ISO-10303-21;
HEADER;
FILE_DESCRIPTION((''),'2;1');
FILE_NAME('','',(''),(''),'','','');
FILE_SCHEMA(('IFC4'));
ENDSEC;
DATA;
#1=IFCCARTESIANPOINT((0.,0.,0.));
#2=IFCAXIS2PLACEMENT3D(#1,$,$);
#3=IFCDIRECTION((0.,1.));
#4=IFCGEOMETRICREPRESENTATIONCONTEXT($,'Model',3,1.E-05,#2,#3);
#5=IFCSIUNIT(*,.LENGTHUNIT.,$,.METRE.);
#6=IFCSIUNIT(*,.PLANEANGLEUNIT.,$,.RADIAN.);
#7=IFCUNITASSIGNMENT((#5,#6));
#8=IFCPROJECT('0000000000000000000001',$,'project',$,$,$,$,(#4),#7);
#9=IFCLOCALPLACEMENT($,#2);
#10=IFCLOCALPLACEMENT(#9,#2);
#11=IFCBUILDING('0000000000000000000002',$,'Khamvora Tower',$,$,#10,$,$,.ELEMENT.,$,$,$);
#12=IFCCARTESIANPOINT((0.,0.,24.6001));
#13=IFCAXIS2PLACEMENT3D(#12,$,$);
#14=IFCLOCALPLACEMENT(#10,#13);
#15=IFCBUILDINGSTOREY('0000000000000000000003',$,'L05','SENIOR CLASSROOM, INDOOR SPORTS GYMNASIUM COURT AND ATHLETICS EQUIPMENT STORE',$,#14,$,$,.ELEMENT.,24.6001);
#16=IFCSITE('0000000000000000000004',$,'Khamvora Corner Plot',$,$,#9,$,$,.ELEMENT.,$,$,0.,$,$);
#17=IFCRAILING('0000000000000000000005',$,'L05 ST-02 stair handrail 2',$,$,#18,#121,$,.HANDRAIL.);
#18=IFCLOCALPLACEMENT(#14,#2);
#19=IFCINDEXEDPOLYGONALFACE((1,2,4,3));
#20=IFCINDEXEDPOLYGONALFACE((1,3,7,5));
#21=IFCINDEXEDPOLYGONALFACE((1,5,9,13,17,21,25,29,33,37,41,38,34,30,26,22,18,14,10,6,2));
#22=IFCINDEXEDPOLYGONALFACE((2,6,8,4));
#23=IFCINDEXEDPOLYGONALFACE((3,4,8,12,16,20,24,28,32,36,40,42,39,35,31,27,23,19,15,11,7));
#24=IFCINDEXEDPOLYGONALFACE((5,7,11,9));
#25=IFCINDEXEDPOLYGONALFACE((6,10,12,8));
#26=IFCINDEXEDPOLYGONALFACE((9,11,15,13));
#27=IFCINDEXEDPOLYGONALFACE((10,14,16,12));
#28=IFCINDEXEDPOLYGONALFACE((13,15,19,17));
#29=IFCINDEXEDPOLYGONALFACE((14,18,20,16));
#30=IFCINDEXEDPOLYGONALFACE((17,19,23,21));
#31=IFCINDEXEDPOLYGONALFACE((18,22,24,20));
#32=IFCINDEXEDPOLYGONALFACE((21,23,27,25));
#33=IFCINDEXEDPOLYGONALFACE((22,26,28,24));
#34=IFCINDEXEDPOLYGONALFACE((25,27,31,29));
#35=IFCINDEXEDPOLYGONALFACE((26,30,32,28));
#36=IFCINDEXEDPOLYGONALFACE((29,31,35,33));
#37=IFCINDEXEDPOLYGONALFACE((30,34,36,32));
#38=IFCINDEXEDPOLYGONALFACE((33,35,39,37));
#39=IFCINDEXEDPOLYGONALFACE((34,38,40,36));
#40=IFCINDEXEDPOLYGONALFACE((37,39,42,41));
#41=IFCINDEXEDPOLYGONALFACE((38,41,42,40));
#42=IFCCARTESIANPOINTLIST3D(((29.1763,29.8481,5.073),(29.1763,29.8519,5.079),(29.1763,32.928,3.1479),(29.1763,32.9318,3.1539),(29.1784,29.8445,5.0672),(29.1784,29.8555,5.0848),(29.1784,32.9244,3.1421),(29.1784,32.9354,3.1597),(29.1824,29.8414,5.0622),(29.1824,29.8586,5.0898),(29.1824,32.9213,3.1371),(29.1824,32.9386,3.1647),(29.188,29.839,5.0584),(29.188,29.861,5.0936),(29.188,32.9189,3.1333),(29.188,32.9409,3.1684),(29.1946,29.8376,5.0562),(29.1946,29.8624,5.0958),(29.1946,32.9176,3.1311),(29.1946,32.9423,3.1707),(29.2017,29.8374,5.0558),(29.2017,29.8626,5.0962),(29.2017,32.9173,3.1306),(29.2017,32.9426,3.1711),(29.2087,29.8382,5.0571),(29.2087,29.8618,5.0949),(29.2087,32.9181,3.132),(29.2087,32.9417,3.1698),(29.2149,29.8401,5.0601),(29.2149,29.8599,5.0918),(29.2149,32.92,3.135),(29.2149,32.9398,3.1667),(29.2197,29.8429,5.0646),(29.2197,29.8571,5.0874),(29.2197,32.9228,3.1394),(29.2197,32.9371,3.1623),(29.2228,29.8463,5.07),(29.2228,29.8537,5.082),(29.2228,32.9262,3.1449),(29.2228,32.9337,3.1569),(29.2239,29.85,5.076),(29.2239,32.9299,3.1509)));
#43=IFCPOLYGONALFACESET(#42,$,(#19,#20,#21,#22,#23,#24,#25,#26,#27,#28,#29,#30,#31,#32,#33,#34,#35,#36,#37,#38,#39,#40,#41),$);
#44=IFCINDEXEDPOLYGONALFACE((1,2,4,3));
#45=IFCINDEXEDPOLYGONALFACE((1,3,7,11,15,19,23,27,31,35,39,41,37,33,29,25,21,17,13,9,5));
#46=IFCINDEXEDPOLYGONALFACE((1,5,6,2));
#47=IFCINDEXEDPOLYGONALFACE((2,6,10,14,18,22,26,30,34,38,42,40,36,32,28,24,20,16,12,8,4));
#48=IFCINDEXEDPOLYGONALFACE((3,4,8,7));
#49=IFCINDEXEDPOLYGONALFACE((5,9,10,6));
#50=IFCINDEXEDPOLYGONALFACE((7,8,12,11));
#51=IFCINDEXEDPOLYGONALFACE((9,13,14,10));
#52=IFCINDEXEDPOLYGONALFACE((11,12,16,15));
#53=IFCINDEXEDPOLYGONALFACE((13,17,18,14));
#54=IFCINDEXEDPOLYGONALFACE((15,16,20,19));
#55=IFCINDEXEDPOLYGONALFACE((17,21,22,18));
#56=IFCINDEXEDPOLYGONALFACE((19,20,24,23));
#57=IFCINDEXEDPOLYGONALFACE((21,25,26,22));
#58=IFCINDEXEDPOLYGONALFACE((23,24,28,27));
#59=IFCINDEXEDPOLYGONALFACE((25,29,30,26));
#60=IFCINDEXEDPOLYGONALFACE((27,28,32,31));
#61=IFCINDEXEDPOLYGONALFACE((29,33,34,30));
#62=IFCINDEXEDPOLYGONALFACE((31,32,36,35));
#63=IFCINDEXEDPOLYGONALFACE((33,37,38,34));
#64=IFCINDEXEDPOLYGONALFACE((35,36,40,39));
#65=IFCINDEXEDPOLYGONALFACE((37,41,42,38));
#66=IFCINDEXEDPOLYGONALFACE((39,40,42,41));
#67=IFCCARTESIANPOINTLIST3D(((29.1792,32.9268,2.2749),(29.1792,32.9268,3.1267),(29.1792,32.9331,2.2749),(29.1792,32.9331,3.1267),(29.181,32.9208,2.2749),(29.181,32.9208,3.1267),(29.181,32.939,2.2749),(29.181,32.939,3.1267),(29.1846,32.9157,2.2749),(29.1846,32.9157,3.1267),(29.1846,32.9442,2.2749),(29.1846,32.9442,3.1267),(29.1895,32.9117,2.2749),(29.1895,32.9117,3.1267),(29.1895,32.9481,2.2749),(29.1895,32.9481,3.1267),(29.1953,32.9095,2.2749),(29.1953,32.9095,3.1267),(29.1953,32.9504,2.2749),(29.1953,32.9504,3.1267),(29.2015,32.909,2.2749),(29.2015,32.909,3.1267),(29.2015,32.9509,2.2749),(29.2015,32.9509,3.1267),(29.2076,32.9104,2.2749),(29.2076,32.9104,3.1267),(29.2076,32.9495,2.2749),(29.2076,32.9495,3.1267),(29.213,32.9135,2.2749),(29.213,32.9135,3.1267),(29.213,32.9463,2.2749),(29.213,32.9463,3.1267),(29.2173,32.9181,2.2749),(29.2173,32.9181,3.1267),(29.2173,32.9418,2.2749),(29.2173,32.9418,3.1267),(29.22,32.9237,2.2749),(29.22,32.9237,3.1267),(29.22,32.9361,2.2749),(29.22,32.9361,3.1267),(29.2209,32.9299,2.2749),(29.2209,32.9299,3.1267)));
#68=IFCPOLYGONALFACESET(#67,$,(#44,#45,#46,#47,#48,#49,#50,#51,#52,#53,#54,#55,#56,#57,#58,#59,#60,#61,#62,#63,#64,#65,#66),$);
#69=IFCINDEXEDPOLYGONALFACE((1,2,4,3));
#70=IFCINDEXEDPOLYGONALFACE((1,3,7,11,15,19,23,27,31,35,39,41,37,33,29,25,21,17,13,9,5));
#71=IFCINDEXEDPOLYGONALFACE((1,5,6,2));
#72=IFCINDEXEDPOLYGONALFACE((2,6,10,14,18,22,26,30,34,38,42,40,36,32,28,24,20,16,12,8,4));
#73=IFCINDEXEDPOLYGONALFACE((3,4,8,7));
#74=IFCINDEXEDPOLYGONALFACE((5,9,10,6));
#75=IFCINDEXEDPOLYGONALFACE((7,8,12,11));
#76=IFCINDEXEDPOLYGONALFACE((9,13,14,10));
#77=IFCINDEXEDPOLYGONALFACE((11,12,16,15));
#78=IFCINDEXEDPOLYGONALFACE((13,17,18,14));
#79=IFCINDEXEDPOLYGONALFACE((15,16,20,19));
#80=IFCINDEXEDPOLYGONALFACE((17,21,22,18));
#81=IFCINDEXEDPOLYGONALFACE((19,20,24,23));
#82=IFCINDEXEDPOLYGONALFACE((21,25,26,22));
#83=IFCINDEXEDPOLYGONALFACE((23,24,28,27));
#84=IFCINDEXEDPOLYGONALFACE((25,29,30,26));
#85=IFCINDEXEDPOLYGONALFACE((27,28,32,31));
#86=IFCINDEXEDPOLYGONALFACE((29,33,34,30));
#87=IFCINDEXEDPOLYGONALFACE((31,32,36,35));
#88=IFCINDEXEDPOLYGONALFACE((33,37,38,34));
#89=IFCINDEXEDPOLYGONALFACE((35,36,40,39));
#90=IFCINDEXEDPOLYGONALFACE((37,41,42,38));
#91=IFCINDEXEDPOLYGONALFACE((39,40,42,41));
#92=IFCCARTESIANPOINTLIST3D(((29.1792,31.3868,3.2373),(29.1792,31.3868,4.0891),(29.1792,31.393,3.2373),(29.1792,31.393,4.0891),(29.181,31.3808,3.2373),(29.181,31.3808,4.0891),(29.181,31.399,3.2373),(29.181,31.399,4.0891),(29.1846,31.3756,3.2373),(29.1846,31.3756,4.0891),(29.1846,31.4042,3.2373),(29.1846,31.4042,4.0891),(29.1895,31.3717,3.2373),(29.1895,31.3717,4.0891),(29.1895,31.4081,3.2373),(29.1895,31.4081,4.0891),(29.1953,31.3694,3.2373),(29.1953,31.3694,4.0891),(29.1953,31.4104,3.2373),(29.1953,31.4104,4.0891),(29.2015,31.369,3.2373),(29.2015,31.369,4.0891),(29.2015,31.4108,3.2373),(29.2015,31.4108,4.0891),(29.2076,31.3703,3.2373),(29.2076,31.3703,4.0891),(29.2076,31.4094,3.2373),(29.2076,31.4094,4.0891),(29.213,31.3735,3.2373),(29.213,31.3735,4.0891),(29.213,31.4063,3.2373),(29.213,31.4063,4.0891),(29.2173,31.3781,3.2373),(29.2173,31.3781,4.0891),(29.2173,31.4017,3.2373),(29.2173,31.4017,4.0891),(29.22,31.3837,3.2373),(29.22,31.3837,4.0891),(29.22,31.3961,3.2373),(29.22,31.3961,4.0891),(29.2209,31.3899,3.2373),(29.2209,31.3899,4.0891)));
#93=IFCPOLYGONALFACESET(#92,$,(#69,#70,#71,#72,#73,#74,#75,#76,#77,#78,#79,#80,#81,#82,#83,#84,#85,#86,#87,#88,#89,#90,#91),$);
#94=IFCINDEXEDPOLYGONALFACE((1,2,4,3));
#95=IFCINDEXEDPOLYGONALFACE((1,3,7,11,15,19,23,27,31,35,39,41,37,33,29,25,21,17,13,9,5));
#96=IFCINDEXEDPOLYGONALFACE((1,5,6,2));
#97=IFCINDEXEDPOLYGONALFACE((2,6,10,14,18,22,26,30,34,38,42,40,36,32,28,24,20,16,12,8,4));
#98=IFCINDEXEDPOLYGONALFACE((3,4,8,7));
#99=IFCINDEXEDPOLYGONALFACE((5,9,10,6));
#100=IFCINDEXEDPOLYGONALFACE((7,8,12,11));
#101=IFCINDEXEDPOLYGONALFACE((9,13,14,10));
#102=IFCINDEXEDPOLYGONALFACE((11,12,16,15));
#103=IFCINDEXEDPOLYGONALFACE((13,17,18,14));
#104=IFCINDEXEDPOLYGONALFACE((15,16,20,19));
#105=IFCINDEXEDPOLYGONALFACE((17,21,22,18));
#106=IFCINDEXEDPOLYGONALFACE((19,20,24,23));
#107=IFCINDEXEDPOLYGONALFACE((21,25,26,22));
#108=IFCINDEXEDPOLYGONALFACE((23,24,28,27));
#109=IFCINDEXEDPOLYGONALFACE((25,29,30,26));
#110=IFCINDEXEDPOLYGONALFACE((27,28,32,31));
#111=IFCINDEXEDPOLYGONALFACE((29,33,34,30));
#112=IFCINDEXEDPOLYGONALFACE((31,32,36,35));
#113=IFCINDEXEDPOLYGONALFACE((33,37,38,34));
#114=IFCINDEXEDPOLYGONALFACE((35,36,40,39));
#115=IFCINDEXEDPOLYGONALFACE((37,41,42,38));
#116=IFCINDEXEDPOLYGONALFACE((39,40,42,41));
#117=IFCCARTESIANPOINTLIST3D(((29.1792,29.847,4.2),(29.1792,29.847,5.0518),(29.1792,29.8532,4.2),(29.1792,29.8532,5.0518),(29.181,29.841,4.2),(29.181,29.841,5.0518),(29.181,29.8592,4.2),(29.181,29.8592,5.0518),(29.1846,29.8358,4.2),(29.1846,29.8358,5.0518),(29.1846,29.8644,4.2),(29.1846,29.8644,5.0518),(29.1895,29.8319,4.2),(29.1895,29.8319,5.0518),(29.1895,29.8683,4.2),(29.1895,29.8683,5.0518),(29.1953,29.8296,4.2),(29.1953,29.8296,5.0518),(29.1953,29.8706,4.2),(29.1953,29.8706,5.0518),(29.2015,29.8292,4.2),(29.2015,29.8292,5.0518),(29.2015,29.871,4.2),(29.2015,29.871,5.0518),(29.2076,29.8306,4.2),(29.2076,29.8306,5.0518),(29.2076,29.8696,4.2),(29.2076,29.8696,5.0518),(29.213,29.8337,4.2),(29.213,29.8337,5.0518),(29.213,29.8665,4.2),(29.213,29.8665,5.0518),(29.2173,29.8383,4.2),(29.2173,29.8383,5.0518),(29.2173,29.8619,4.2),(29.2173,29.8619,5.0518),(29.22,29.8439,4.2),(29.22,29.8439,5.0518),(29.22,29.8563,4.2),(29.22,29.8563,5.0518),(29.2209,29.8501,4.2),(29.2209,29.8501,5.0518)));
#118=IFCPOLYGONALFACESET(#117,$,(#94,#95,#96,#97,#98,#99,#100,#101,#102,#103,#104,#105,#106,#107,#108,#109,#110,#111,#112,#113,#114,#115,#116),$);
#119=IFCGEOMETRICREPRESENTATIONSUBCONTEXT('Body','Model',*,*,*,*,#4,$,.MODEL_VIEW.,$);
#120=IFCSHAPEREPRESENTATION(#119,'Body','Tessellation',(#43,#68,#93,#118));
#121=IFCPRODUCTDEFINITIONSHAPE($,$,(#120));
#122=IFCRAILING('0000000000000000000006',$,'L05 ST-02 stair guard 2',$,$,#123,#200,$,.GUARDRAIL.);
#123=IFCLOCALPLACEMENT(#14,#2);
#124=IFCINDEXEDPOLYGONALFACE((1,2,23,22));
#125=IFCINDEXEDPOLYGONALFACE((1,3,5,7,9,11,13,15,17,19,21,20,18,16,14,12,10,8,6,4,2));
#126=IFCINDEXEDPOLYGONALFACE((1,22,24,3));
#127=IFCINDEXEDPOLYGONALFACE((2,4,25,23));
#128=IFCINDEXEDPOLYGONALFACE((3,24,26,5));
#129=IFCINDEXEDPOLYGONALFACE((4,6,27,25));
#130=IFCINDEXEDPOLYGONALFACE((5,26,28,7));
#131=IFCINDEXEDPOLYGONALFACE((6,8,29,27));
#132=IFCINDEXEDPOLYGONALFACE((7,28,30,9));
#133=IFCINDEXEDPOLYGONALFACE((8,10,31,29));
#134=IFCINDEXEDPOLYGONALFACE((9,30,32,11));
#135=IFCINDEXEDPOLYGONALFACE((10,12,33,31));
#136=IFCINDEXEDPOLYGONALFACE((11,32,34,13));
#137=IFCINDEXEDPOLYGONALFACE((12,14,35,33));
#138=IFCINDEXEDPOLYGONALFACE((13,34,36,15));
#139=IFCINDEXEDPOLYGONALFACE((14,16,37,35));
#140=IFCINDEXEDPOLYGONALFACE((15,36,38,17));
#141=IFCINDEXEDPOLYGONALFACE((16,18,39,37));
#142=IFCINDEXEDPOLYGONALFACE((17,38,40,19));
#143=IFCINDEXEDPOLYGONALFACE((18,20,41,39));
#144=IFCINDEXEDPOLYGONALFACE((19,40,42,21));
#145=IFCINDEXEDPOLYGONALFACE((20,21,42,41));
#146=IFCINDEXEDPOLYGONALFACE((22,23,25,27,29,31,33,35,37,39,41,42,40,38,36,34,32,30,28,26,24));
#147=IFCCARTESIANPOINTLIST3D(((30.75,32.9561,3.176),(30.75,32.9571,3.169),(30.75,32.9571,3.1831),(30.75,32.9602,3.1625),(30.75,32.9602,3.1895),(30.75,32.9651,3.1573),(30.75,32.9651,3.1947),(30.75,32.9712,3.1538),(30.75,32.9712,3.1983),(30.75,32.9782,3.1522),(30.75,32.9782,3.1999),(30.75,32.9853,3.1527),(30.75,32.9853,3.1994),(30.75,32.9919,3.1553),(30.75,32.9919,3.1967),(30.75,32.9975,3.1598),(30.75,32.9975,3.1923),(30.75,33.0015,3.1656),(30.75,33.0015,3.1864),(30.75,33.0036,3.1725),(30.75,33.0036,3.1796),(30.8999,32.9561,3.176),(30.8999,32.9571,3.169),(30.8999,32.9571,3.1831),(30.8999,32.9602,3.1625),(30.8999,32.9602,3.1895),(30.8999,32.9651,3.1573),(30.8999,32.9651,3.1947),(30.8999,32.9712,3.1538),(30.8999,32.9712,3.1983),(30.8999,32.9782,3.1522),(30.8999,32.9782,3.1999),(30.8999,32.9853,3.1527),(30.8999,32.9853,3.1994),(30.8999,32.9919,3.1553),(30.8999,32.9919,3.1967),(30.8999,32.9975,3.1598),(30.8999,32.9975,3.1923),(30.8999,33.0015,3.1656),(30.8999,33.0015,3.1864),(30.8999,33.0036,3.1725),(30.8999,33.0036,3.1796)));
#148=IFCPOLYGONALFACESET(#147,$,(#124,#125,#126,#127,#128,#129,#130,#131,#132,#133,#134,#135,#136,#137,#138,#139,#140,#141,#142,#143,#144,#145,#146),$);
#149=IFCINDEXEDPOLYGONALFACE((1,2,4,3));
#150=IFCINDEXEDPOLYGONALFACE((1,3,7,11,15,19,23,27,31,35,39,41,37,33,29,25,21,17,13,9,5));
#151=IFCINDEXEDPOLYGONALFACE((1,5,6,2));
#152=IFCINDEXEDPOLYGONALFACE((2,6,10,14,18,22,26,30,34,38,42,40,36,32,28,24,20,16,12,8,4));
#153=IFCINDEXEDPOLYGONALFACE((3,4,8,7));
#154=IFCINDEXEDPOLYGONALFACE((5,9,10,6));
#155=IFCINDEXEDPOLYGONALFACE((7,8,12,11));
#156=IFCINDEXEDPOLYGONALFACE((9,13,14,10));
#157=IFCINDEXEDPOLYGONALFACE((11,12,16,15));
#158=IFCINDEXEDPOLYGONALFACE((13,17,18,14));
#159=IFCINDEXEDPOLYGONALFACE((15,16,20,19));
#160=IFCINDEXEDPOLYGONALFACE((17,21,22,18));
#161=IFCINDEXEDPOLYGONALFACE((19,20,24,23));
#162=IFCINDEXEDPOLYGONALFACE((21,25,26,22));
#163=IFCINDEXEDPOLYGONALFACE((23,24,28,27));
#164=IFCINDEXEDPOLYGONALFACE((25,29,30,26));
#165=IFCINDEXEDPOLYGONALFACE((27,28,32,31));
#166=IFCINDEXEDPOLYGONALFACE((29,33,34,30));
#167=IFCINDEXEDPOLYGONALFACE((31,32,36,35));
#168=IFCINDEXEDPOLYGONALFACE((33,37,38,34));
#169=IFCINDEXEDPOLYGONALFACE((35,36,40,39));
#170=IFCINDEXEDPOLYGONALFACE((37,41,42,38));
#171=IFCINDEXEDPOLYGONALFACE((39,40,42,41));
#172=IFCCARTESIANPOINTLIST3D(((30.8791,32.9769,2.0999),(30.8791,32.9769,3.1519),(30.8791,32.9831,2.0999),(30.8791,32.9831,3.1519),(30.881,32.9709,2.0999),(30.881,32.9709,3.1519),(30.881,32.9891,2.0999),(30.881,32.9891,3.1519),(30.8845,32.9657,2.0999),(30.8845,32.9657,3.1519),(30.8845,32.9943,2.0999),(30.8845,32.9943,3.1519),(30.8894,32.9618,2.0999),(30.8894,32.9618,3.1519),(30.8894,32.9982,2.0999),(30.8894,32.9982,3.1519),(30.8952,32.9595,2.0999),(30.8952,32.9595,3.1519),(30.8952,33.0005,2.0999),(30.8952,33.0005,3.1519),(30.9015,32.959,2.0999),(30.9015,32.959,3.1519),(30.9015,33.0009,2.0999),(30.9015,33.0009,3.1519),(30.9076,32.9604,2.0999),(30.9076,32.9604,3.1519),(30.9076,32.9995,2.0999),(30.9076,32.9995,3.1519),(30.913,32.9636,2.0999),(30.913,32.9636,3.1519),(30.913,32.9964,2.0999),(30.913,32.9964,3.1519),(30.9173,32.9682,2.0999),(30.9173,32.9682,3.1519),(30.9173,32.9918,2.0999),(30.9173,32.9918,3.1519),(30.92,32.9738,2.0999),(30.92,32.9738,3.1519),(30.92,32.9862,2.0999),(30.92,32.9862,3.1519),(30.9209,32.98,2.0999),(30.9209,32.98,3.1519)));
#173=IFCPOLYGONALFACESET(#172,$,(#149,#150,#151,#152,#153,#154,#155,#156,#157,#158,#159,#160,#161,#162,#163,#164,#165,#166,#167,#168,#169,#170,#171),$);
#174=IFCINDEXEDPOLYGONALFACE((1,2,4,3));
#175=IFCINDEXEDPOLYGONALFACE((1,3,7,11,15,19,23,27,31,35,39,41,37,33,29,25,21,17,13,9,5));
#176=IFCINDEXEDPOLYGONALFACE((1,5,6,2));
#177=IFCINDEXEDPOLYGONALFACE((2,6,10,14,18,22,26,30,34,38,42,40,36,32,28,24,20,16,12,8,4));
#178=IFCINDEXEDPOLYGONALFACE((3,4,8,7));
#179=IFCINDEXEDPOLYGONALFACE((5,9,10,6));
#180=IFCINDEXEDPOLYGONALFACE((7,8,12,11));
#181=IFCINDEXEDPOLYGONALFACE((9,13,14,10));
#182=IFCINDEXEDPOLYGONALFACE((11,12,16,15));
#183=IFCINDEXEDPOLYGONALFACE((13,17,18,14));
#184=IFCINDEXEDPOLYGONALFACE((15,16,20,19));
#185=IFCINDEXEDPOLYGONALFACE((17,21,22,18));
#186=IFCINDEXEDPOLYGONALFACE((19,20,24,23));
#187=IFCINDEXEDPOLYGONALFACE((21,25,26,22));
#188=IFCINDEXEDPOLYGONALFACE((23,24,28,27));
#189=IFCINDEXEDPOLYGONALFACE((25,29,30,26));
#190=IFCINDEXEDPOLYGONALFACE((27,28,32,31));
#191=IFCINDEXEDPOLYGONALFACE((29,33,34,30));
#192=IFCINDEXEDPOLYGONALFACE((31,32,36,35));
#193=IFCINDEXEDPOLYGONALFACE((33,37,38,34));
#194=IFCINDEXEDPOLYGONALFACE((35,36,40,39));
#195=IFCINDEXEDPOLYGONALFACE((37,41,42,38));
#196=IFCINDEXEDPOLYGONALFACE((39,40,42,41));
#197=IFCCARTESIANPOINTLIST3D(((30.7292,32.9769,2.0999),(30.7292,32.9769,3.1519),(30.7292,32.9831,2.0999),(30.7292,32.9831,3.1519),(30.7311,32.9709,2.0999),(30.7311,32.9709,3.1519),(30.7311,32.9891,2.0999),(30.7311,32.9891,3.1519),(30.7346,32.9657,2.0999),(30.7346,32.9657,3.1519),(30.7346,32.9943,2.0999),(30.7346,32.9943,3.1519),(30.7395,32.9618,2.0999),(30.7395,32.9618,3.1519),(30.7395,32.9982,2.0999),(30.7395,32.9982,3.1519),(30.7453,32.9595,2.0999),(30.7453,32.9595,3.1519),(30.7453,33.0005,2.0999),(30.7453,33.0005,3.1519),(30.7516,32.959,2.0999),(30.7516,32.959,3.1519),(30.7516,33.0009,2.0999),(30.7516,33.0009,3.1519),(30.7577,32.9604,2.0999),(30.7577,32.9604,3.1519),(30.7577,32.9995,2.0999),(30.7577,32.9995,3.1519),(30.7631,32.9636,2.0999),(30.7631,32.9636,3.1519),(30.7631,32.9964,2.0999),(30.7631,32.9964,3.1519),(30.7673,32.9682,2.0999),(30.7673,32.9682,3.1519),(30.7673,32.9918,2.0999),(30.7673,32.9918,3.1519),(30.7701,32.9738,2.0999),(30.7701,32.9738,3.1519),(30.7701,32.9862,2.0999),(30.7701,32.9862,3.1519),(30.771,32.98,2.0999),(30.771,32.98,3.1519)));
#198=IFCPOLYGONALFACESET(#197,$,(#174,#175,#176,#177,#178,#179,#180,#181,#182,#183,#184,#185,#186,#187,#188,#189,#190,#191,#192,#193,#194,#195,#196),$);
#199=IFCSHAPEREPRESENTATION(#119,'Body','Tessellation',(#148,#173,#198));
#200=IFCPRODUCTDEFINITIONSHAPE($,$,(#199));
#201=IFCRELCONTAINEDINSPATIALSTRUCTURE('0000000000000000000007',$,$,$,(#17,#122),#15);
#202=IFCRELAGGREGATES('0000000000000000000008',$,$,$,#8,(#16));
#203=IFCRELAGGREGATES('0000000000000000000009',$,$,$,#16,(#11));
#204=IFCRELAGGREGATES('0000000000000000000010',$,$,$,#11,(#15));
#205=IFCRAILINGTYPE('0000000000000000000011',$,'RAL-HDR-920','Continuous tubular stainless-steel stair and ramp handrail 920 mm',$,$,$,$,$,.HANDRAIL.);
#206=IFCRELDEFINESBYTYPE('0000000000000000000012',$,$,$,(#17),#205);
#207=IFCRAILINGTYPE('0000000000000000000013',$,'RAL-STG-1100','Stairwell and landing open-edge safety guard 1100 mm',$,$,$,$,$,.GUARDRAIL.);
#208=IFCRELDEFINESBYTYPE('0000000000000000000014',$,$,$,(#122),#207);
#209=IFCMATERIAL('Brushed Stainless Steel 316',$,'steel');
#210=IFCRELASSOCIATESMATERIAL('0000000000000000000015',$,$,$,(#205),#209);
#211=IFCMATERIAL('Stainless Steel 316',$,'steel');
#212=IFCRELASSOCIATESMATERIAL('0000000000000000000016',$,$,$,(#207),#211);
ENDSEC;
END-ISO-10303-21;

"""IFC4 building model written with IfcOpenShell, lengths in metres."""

from ifc_helpers import new_model, si_unit, direction, frame, origin, origin_2d, place, context, subcontext, project, spatial, circle, extrude, material, type_object, element, save


model = new_model("IFC4")

# Units and contexts
model_context = context("Model", 3, precision=1e-05, world=origin(), true_north=direction((0.0, 1.0)))
body_context = subcontext(model_context, "Body", "Model", "MODEL_VIEW")
ifc_project = project(units=[si_unit("LENGTHUNIT", "METRE"), si_unit("PLANEANGLEUNIT", "RADIAN")], contexts=[model_context])

# Site, building, storey
site_placement = place(None, origin())
site = spatial("IfcSite", under=ifc_project, at=site_placement, Name="Khamvora Corner Plot", CompositionType="ELEMENT", RefElevation=0.0)
building_placement = place(site_placement, origin())
building = spatial("IfcBuilding", under=site, at=building_placement, Name="Khamvora Tower", CompositionType="ELEMENT")
storey_placement = place(building_placement, frame((0.0, 0.0, 24.6001)))
storey = spatial("IfcBuildingStorey", under=building, at=storey_placement, Name="L05", Description="SENIOR CLASSROOM, INDOOR SPORTS GYMNASIUM COURT AND ATHLETICS EQUIPMENT STORE", CompositionType="ELEMENT", Elevation=24.6001)

# Railings
ifc_material_1 = material(Name="Brushed Stainless Steel 316", Category="steel")
railing_type_1 = type_object("IfcRailingType", Name="RAL-HDR-920", Description="Continuous tubular stainless-steel stair and ramp handrail 920 mm", PredefinedType="HANDRAIL", material=ifc_material_1)
railing_1_placement = place(storey_placement, frame((29.2, 32.9299, 2.2749)))
element("IfcRailing", 1, at=railing_1_placement, inside=storey, type_object=railing_type_1, Name="L05 ST-02 stair handrail 2", PredefinedType="HANDRAIL", context=body_context, shape_type="SweptSolid", body=[
    extrude(circle(Radius=0.0239, at=origin_2d()), frame((0.0, 0.0, 0.876), z_axis=(0.0, -0.847979, 0.530029), x_axis=(1.0, 0.0, 0.0)), (0.0, 0.0, 1.0), 3.6321),
    extrude(circle(Radius=0.021, at=origin_2d()), origin(), (0.0, 0.0, 1.0), 0.8518),
    extrude(circle(Radius=0.021, at=origin_2d()), frame((0.0, -1.54, 0.9624)), (0.0, 0.0, 1.0), 0.8518),
    extrude(circle(Radius=0.021, at=origin_2d()), frame((0.0, -3.0798, 1.925)), (0.0, 0.0, 1.0), 0.8518),
])
ifc_material_2 = material(Name="Stainless Steel 316", Category="steel")
railing_type_2 = type_object("IfcRailingType", Name="RAL-STG-1100", Description="Stairwell and landing open-edge safety guard 1100 mm", PredefinedType="GUARDRAIL", material=ifc_material_2)
railing_2_placement = place(storey_placement, frame((30.8999, 32.98, 2.0999)))
element("IfcRailing", 2, at=railing_2_placement, inside=storey, type_object=railing_type_2, Name="L05 ST-02 stair guard 2", PredefinedType="GUARDRAIL", context=body_context, shape_type="SweptSolid", body=[
    extrude(circle(Radius=0.0239, at=origin_2d()), frame((0.0, 0.0, 1.0762), z_axis=(-1.0, 0.0, 0.0), x_axis=(0.0, -1.0, 0.0)), (0.0, 0.0, 1.0), 0.1499),
    extrude(circle(Radius=0.021, at=origin_2d()), origin(), (0.0, 0.0, 1.0), 1.052),
    extrude(circle(Radius=0.021, at=origin_2d()), frame((-0.1499, 0.0, 0.0)), (0.0, 0.0, 1.0), 1.052),
])

save(model, "model.ifc")
